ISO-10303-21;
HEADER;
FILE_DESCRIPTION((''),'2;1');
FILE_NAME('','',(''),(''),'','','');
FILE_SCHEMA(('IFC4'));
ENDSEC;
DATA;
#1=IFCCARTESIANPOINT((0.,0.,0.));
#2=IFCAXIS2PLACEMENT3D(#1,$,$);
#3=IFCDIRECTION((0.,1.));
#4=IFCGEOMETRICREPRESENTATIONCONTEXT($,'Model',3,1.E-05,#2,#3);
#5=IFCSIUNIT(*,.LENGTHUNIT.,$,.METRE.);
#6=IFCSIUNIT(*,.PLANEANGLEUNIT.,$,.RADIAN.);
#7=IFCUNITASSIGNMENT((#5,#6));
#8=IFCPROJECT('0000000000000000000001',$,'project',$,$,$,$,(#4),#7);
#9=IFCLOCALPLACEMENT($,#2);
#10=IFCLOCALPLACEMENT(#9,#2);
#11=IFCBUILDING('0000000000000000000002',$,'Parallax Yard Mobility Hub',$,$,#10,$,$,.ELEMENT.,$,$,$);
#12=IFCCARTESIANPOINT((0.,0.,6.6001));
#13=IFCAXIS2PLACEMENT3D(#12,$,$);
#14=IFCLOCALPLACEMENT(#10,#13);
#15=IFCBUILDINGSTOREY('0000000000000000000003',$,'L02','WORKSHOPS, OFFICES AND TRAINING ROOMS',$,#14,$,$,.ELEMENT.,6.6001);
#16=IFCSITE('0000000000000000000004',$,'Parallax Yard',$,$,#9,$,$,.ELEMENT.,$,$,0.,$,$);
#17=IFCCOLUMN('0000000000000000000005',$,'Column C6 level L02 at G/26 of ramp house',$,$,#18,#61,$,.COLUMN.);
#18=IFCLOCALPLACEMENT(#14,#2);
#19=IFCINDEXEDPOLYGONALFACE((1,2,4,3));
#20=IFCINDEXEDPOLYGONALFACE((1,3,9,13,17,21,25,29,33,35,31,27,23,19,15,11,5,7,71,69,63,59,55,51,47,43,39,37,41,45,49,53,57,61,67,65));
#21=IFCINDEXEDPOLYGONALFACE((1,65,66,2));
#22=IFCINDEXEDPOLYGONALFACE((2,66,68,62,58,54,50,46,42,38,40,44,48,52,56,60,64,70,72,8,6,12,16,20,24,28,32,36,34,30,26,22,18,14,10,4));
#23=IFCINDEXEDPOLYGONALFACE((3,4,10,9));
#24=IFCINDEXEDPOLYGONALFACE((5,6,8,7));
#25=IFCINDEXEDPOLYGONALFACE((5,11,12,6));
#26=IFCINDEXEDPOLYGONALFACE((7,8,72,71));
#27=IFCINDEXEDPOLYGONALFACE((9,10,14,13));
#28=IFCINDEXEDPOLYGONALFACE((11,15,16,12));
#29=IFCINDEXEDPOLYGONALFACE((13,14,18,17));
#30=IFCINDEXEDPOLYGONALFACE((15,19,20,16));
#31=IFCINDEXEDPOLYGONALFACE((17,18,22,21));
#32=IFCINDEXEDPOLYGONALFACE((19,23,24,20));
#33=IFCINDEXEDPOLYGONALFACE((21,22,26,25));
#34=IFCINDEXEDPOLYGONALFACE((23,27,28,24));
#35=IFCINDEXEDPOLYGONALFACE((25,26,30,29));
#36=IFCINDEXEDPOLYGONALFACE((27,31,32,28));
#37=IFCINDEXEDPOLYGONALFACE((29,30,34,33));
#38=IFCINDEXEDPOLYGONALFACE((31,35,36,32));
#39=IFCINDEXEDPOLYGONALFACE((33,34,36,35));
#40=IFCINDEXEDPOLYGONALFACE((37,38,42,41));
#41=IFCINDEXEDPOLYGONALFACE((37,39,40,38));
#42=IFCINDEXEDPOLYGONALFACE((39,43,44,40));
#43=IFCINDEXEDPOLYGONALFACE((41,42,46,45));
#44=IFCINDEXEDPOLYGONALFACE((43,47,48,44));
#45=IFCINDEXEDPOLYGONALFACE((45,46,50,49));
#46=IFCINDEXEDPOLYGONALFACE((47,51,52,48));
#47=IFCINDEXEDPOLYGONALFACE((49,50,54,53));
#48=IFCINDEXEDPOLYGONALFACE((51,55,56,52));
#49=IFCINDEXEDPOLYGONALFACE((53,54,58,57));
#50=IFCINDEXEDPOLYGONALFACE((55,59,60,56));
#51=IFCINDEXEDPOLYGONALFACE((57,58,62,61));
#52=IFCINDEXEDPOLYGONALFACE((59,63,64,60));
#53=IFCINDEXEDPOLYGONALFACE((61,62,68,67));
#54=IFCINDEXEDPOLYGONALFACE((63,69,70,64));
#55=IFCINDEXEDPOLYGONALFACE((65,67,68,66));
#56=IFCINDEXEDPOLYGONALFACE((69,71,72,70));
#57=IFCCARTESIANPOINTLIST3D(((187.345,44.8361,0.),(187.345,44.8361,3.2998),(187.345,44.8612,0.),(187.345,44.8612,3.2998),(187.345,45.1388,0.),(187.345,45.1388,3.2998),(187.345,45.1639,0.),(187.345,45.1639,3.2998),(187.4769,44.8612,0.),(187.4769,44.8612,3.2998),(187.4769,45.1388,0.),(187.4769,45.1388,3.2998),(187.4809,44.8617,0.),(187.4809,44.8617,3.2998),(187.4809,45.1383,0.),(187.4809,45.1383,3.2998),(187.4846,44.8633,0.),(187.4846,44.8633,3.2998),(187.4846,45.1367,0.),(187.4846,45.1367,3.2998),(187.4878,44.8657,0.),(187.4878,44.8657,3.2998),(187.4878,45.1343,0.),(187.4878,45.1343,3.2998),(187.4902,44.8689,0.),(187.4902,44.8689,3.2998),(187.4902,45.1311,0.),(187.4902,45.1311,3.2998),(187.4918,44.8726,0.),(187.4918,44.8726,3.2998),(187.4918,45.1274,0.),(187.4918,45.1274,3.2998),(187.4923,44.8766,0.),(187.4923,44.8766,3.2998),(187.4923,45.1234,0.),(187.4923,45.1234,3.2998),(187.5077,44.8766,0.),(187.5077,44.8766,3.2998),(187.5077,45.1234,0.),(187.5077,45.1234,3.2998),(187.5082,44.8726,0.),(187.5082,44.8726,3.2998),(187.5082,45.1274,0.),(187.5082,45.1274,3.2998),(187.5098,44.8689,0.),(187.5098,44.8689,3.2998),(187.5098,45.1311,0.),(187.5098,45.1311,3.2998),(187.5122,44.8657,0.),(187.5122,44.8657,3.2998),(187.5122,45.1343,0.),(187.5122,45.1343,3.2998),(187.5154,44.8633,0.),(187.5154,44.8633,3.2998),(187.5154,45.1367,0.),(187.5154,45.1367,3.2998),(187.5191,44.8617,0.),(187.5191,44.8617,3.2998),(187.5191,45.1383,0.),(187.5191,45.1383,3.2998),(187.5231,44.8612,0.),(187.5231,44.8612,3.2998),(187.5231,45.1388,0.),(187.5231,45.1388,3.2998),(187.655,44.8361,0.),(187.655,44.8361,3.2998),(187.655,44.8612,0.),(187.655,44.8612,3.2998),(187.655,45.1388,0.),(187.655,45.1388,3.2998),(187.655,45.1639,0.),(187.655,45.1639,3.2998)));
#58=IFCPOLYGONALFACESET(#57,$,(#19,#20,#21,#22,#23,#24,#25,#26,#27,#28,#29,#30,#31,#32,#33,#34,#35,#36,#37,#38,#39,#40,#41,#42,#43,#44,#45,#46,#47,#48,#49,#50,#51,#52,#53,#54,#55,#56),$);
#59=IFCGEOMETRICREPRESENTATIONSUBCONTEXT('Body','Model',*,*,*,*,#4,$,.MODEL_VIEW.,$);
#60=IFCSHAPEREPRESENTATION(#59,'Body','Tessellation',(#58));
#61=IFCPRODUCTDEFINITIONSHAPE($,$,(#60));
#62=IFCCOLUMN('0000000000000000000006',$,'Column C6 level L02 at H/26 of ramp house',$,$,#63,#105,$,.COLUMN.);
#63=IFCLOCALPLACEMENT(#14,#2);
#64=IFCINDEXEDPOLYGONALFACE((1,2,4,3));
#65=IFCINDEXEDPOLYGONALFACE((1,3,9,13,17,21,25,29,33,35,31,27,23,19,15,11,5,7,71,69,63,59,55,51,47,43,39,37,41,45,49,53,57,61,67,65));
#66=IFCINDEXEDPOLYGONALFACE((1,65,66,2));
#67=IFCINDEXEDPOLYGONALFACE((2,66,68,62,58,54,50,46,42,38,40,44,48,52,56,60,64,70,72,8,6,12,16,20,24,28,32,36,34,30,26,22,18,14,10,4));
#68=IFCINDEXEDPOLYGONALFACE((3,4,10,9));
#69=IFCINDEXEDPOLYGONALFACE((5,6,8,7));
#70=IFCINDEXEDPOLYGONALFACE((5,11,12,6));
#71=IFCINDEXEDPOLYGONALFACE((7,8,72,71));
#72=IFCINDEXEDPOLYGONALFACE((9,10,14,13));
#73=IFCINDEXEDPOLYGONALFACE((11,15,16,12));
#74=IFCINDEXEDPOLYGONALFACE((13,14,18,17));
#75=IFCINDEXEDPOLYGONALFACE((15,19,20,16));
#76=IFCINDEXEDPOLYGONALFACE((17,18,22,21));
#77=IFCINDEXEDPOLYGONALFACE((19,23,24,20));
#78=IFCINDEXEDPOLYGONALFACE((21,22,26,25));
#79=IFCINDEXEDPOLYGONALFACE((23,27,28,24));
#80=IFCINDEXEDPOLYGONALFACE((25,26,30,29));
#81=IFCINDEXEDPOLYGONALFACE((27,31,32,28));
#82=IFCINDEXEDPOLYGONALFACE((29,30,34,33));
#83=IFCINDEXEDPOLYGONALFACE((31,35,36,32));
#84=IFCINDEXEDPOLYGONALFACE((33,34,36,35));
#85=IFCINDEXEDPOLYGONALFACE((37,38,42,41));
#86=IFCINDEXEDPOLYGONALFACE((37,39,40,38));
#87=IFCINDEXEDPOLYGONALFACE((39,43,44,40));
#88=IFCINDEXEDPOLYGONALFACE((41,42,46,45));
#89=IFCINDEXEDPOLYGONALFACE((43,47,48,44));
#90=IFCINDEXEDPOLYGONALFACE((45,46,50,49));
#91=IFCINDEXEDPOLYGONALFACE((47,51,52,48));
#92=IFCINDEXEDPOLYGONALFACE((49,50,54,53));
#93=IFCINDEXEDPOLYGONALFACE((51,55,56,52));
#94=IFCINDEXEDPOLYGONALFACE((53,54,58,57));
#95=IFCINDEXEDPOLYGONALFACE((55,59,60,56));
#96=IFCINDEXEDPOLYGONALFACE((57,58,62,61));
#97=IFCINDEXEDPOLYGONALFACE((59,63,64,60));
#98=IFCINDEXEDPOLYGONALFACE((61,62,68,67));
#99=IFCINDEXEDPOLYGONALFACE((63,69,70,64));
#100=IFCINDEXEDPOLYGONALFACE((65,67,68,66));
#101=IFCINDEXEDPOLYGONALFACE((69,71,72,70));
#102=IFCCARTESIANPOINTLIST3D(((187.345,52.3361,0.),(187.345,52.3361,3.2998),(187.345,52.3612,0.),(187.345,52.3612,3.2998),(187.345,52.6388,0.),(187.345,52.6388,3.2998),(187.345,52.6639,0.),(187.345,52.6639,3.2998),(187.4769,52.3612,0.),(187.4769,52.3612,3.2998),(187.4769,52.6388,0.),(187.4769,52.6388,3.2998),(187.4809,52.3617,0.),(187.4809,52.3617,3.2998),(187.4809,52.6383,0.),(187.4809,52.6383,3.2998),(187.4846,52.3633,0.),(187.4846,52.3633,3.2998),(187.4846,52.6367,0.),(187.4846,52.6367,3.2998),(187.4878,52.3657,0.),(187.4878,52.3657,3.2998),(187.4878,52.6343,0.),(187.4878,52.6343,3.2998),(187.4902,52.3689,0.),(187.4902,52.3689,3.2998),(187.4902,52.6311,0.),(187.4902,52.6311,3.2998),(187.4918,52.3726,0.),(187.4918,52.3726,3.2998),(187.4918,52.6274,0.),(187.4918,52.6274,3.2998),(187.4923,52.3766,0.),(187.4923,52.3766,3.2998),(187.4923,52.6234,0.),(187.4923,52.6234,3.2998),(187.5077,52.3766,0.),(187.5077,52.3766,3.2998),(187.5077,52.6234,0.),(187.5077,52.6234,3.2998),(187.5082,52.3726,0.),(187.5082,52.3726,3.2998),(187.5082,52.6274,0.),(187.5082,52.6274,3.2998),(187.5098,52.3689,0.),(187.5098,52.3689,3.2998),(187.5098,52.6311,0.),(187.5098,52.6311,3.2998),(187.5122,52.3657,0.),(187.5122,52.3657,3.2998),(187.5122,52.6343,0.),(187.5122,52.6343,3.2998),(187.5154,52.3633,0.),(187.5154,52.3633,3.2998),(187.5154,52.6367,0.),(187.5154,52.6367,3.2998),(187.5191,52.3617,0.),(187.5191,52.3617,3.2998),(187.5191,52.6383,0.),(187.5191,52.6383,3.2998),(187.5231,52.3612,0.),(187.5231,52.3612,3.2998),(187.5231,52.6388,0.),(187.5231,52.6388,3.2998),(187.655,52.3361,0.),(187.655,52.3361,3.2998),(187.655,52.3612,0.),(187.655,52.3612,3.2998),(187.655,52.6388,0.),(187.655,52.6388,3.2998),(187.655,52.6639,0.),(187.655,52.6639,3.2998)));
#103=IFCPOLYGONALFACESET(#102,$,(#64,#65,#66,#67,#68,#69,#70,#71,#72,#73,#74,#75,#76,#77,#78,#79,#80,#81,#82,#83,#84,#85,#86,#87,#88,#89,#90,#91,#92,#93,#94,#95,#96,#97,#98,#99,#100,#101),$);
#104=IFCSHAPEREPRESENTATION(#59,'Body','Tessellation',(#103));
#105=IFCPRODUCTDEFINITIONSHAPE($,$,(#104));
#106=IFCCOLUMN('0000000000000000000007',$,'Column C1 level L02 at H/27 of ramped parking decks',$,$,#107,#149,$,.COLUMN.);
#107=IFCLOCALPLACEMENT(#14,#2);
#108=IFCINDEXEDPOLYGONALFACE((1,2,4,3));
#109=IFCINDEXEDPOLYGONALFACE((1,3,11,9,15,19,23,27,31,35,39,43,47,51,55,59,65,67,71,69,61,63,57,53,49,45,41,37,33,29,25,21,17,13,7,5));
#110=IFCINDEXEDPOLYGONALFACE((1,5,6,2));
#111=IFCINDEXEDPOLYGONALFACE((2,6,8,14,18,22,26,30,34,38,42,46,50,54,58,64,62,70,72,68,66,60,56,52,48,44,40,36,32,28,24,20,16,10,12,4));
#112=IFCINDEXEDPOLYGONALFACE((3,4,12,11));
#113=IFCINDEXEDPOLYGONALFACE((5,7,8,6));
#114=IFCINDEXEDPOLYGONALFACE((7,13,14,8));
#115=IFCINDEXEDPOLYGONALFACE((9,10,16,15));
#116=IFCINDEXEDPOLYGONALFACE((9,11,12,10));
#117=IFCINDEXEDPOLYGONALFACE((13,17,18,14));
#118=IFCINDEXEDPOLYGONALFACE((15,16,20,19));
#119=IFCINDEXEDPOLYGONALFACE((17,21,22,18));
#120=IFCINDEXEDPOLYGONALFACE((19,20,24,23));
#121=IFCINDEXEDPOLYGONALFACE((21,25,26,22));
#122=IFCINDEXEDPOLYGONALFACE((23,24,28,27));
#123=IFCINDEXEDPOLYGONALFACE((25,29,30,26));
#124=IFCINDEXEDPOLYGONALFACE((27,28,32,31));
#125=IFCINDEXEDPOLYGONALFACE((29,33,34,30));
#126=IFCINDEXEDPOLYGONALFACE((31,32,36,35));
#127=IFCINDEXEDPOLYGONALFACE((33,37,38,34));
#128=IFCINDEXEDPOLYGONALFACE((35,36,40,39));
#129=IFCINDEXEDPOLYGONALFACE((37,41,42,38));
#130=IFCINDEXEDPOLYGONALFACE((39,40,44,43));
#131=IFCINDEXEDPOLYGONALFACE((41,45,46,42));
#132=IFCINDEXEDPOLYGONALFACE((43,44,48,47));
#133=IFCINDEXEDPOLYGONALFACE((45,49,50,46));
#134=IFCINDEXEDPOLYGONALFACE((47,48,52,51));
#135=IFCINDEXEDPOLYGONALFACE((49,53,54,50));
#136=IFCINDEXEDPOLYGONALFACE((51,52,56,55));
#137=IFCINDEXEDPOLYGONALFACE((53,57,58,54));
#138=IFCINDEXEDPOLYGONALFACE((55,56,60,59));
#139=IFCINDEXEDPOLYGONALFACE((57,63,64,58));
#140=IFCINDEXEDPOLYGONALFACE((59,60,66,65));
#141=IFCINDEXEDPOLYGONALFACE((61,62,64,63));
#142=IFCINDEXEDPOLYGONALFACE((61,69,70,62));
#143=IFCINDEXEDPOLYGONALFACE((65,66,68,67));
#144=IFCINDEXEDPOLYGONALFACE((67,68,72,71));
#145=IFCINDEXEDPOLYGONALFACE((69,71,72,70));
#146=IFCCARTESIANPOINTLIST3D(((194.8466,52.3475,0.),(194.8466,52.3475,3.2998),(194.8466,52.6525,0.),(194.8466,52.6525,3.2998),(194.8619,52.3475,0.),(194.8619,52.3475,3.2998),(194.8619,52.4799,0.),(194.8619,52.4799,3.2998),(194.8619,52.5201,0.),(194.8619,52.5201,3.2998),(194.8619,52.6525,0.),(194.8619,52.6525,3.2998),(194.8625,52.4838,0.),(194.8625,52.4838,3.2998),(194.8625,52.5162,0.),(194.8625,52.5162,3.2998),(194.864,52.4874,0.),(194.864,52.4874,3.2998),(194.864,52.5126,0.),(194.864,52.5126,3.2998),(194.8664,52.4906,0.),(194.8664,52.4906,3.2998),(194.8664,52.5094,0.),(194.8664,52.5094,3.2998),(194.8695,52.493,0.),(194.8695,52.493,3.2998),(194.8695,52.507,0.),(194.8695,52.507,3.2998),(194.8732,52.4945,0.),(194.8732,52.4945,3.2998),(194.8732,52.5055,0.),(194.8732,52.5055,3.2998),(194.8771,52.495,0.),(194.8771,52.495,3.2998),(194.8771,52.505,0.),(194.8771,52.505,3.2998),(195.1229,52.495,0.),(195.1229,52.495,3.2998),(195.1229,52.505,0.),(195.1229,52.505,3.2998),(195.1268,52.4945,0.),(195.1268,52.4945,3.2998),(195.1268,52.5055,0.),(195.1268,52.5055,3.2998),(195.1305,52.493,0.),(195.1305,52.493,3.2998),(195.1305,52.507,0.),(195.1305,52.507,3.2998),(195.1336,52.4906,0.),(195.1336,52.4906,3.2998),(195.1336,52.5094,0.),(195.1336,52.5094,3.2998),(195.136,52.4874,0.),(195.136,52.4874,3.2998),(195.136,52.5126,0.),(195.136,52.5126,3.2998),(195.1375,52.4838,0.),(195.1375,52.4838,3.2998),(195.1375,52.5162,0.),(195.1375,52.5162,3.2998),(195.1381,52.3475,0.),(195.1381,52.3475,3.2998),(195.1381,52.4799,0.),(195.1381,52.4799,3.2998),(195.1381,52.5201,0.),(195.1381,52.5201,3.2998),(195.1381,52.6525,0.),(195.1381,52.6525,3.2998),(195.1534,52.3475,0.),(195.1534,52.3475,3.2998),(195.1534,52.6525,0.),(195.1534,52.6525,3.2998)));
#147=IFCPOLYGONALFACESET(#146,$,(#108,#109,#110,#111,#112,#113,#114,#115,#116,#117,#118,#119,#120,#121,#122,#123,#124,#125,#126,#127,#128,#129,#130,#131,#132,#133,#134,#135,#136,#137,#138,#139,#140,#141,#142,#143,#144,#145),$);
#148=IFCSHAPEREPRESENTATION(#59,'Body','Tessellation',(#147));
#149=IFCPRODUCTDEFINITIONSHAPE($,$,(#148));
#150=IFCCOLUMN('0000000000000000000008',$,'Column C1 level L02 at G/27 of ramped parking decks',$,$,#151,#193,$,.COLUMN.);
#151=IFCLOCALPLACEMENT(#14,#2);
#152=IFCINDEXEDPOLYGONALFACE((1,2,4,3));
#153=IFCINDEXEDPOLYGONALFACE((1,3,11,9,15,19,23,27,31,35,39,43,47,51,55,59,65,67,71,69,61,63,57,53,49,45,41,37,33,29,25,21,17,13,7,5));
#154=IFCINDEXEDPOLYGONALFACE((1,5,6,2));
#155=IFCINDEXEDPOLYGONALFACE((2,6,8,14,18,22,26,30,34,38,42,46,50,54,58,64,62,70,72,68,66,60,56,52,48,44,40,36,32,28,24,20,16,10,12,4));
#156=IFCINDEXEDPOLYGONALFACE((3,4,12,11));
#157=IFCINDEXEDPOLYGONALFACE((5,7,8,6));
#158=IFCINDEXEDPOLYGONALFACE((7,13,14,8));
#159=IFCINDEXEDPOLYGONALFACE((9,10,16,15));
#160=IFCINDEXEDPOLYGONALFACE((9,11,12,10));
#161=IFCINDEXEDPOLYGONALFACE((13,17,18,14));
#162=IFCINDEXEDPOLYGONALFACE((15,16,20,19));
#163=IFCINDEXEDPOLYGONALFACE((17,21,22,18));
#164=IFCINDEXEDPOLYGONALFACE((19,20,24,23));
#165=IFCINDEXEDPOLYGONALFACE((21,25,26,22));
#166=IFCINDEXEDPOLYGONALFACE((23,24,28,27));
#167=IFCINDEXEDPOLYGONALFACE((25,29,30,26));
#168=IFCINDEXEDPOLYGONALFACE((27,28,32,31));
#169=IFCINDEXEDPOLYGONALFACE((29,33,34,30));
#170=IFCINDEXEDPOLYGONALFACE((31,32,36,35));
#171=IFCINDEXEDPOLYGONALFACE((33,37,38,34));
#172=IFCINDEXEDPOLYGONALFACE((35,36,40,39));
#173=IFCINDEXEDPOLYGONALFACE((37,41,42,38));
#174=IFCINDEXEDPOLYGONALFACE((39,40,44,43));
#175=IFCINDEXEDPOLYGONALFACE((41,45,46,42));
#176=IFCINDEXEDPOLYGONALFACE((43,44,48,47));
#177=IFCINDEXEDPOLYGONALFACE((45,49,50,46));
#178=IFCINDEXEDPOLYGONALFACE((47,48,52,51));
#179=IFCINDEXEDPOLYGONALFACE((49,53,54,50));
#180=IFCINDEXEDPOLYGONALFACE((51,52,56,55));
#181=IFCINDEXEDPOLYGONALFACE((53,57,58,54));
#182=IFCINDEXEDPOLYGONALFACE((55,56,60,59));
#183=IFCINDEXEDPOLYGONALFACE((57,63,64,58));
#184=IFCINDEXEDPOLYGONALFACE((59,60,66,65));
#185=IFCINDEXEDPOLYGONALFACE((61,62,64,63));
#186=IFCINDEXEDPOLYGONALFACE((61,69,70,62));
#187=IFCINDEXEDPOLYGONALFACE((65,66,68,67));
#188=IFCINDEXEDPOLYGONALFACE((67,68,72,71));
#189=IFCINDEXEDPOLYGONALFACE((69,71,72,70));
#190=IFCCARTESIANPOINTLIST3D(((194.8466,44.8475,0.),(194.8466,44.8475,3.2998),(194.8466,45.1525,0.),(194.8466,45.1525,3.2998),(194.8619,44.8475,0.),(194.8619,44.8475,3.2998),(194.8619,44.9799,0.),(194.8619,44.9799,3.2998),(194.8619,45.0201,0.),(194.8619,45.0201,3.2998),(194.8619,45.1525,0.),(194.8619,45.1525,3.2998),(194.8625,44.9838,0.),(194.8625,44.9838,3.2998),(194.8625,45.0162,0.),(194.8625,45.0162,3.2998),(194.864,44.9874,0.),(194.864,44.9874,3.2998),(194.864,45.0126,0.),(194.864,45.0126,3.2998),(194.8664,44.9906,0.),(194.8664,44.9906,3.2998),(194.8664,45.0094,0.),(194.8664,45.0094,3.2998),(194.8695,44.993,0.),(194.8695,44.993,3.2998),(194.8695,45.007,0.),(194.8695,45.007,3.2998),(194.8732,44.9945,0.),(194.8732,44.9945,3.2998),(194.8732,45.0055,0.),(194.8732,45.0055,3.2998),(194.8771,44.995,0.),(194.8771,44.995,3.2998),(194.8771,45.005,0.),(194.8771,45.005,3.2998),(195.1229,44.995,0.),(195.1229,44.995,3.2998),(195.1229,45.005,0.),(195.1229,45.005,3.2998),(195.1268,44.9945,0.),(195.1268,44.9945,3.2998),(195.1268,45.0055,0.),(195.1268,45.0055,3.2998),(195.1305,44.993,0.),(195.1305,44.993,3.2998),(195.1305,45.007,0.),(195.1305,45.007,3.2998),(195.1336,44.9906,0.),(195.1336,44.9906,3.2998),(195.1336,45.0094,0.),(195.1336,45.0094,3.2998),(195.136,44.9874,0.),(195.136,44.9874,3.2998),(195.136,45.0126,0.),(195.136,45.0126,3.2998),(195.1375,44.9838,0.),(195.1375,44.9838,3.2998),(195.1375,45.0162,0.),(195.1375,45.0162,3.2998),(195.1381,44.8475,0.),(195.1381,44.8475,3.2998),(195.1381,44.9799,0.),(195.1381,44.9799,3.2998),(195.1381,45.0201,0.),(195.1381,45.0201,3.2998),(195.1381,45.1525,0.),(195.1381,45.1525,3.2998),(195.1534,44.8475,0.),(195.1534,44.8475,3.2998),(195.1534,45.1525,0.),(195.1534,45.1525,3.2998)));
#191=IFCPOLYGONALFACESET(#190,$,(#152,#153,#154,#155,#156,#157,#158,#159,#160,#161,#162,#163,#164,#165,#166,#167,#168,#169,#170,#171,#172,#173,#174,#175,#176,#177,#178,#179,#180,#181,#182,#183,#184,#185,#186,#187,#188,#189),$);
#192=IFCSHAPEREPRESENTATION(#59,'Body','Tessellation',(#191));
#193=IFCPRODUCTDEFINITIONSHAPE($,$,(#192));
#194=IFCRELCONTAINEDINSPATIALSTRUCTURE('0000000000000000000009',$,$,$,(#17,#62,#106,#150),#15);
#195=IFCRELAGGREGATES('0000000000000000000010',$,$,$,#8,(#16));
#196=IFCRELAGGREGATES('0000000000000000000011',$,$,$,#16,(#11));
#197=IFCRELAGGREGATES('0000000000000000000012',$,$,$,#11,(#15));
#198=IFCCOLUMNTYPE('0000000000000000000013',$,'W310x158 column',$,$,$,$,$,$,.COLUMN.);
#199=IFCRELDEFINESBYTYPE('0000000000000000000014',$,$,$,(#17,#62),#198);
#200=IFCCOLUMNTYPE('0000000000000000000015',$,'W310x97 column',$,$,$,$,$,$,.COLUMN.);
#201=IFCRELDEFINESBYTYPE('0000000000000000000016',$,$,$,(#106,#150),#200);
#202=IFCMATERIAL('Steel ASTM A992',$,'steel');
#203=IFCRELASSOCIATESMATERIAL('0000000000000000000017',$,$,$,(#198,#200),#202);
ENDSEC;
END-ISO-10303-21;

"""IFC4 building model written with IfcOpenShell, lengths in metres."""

from ifc_helpers import new_model, si_unit, direction, frame, origin, origin_2d, place, context, subcontext, project, spatial, i_section, extrude, material, material_profile, profile_set, type_object, element, save


model = new_model("IFC4")

# Units and contexts
model_context = context("Model", 3, precision=1e-05, world=origin(), true_north=direction((0.0, 1.0)))
body_context = subcontext(model_context, "Body", "Model", "MODEL_VIEW")
ifc_project = project(units=[si_unit("LENGTHUNIT", "METRE"), si_unit("PLANEANGLEUNIT", "RADIAN")], contexts=[model_context])

# Site, building, storey
site_placement = place(None, origin())
site = spatial("IfcSite", under=ifc_project, at=site_placement, Name="Parallax Yard", CompositionType="ELEMENT", RefElevation=0.0)
building_placement = place(site_placement, origin())
building = spatial("IfcBuilding", under=site, at=building_placement, Name="Parallax Yard Mobility Hub", CompositionType="ELEMENT")
storey_placement = place(building_placement, frame((0.0, 0.0, 6.6001)))
storey = spatial("IfcBuildingStorey", under=building, at=storey_placement, Name="L02", Description="WORKSHOPS, OFFICES AND TRAINING ROOMS", CompositionType="ELEMENT", Elevation=6.6001)

# Columns
ifc_material_1 = material(Name="Steel ASTM A992", Category="steel")
ifc_material_profile_1 = material_profile(ifc_material_1, i_section(OverallWidth=0.3101, OverallDepth=0.3279, WebThickness=0.0154, FlangeThickness=0.0251, FilletRadius=0.0154, at=origin_2d()), Name="W310x158")
ifc_profile_set_1 = profile_set([ifc_material_profile_1], Name="Steel ASTM A992")
column_type_1 = type_object("IfcColumnType", Name="W310x158 column", PredefinedType="COLUMN", material=ifc_profile_set_1)
for number, where, z_axis, x_axis, name in (
    (1, (187.5, 45.0, 0.0), (0.0, 0.0, 1.0), (1.0, 0.0, 0.0), "Column C6 level L02 at G/26 of ramp house"),
    (2, (187.5, 52.5, 0.0), (0.0, 0.0, 1.0), (1.0, 0.0, 0.0), "Column C6 level L02 at H/26 of ramp house"),
):
    element("IfcColumn", number, at=place(storey_placement, frame(where, z_axis=z_axis, x_axis=x_axis)), inside=storey, type_object=column_type_1, Name=name, PredefinedType="COLUMN", context=body_context, shape_type="SweptSolid", body=[
        extrude(i_section(OverallWidth=0.3101, OverallDepth=0.3279, WebThickness=0.0154, FlangeThickness=0.0251, FilletRadius=0.0154, at=origin_2d()), origin(), (0.0, 0.0, 1.0), 3.2998),
    ])
ifc_material_profile_2 = material_profile(ifc_material_1, i_section(OverallWidth=0.3049, OverallDepth=0.3069, WebThickness=0.01, FlangeThickness=0.0154, FilletRadius=0.0151, at=origin_2d()), Name="W310x97")
ifc_profile_set_2 = profile_set([ifc_material_profile_2], Name="Steel ASTM A992")
column_type_2 = type_object("IfcColumnType", Name="W310x97 column", PredefinedType="COLUMN", material=ifc_profile_set_2)
for number, where, z_axis, x_axis, name in (
    (3, (195.0, 52.5, 0.0), (0.0, 0.0, 1.0), (0.0, 1.0, 0.0), "Column C1 level L02 at H/27 of ramped parking decks"),
    (4, (195.0, 45.0, 0.0), (0.0, 0.0, 1.0), (0.0, 1.0, 0.0), "Column C1 level L02 at G/27 of ramped parking decks"),
):
    element("IfcColumn", number, at=place(storey_placement, frame(where, z_axis=z_axis, x_axis=x_axis)), inside=storey, type_object=column_type_2, Name=name, PredefinedType="COLUMN", context=body_context, shape_type="SweptSolid", body=[
        extrude(i_section(OverallWidth=0.3049, OverallDepth=0.3069, WebThickness=0.01, FlangeThickness=0.0154, FilletRadius=0.0151, at=origin_2d()), origin(), (0.0, 0.0, 1.0), 3.2998),
    ])

save(model, "model.ifc")
